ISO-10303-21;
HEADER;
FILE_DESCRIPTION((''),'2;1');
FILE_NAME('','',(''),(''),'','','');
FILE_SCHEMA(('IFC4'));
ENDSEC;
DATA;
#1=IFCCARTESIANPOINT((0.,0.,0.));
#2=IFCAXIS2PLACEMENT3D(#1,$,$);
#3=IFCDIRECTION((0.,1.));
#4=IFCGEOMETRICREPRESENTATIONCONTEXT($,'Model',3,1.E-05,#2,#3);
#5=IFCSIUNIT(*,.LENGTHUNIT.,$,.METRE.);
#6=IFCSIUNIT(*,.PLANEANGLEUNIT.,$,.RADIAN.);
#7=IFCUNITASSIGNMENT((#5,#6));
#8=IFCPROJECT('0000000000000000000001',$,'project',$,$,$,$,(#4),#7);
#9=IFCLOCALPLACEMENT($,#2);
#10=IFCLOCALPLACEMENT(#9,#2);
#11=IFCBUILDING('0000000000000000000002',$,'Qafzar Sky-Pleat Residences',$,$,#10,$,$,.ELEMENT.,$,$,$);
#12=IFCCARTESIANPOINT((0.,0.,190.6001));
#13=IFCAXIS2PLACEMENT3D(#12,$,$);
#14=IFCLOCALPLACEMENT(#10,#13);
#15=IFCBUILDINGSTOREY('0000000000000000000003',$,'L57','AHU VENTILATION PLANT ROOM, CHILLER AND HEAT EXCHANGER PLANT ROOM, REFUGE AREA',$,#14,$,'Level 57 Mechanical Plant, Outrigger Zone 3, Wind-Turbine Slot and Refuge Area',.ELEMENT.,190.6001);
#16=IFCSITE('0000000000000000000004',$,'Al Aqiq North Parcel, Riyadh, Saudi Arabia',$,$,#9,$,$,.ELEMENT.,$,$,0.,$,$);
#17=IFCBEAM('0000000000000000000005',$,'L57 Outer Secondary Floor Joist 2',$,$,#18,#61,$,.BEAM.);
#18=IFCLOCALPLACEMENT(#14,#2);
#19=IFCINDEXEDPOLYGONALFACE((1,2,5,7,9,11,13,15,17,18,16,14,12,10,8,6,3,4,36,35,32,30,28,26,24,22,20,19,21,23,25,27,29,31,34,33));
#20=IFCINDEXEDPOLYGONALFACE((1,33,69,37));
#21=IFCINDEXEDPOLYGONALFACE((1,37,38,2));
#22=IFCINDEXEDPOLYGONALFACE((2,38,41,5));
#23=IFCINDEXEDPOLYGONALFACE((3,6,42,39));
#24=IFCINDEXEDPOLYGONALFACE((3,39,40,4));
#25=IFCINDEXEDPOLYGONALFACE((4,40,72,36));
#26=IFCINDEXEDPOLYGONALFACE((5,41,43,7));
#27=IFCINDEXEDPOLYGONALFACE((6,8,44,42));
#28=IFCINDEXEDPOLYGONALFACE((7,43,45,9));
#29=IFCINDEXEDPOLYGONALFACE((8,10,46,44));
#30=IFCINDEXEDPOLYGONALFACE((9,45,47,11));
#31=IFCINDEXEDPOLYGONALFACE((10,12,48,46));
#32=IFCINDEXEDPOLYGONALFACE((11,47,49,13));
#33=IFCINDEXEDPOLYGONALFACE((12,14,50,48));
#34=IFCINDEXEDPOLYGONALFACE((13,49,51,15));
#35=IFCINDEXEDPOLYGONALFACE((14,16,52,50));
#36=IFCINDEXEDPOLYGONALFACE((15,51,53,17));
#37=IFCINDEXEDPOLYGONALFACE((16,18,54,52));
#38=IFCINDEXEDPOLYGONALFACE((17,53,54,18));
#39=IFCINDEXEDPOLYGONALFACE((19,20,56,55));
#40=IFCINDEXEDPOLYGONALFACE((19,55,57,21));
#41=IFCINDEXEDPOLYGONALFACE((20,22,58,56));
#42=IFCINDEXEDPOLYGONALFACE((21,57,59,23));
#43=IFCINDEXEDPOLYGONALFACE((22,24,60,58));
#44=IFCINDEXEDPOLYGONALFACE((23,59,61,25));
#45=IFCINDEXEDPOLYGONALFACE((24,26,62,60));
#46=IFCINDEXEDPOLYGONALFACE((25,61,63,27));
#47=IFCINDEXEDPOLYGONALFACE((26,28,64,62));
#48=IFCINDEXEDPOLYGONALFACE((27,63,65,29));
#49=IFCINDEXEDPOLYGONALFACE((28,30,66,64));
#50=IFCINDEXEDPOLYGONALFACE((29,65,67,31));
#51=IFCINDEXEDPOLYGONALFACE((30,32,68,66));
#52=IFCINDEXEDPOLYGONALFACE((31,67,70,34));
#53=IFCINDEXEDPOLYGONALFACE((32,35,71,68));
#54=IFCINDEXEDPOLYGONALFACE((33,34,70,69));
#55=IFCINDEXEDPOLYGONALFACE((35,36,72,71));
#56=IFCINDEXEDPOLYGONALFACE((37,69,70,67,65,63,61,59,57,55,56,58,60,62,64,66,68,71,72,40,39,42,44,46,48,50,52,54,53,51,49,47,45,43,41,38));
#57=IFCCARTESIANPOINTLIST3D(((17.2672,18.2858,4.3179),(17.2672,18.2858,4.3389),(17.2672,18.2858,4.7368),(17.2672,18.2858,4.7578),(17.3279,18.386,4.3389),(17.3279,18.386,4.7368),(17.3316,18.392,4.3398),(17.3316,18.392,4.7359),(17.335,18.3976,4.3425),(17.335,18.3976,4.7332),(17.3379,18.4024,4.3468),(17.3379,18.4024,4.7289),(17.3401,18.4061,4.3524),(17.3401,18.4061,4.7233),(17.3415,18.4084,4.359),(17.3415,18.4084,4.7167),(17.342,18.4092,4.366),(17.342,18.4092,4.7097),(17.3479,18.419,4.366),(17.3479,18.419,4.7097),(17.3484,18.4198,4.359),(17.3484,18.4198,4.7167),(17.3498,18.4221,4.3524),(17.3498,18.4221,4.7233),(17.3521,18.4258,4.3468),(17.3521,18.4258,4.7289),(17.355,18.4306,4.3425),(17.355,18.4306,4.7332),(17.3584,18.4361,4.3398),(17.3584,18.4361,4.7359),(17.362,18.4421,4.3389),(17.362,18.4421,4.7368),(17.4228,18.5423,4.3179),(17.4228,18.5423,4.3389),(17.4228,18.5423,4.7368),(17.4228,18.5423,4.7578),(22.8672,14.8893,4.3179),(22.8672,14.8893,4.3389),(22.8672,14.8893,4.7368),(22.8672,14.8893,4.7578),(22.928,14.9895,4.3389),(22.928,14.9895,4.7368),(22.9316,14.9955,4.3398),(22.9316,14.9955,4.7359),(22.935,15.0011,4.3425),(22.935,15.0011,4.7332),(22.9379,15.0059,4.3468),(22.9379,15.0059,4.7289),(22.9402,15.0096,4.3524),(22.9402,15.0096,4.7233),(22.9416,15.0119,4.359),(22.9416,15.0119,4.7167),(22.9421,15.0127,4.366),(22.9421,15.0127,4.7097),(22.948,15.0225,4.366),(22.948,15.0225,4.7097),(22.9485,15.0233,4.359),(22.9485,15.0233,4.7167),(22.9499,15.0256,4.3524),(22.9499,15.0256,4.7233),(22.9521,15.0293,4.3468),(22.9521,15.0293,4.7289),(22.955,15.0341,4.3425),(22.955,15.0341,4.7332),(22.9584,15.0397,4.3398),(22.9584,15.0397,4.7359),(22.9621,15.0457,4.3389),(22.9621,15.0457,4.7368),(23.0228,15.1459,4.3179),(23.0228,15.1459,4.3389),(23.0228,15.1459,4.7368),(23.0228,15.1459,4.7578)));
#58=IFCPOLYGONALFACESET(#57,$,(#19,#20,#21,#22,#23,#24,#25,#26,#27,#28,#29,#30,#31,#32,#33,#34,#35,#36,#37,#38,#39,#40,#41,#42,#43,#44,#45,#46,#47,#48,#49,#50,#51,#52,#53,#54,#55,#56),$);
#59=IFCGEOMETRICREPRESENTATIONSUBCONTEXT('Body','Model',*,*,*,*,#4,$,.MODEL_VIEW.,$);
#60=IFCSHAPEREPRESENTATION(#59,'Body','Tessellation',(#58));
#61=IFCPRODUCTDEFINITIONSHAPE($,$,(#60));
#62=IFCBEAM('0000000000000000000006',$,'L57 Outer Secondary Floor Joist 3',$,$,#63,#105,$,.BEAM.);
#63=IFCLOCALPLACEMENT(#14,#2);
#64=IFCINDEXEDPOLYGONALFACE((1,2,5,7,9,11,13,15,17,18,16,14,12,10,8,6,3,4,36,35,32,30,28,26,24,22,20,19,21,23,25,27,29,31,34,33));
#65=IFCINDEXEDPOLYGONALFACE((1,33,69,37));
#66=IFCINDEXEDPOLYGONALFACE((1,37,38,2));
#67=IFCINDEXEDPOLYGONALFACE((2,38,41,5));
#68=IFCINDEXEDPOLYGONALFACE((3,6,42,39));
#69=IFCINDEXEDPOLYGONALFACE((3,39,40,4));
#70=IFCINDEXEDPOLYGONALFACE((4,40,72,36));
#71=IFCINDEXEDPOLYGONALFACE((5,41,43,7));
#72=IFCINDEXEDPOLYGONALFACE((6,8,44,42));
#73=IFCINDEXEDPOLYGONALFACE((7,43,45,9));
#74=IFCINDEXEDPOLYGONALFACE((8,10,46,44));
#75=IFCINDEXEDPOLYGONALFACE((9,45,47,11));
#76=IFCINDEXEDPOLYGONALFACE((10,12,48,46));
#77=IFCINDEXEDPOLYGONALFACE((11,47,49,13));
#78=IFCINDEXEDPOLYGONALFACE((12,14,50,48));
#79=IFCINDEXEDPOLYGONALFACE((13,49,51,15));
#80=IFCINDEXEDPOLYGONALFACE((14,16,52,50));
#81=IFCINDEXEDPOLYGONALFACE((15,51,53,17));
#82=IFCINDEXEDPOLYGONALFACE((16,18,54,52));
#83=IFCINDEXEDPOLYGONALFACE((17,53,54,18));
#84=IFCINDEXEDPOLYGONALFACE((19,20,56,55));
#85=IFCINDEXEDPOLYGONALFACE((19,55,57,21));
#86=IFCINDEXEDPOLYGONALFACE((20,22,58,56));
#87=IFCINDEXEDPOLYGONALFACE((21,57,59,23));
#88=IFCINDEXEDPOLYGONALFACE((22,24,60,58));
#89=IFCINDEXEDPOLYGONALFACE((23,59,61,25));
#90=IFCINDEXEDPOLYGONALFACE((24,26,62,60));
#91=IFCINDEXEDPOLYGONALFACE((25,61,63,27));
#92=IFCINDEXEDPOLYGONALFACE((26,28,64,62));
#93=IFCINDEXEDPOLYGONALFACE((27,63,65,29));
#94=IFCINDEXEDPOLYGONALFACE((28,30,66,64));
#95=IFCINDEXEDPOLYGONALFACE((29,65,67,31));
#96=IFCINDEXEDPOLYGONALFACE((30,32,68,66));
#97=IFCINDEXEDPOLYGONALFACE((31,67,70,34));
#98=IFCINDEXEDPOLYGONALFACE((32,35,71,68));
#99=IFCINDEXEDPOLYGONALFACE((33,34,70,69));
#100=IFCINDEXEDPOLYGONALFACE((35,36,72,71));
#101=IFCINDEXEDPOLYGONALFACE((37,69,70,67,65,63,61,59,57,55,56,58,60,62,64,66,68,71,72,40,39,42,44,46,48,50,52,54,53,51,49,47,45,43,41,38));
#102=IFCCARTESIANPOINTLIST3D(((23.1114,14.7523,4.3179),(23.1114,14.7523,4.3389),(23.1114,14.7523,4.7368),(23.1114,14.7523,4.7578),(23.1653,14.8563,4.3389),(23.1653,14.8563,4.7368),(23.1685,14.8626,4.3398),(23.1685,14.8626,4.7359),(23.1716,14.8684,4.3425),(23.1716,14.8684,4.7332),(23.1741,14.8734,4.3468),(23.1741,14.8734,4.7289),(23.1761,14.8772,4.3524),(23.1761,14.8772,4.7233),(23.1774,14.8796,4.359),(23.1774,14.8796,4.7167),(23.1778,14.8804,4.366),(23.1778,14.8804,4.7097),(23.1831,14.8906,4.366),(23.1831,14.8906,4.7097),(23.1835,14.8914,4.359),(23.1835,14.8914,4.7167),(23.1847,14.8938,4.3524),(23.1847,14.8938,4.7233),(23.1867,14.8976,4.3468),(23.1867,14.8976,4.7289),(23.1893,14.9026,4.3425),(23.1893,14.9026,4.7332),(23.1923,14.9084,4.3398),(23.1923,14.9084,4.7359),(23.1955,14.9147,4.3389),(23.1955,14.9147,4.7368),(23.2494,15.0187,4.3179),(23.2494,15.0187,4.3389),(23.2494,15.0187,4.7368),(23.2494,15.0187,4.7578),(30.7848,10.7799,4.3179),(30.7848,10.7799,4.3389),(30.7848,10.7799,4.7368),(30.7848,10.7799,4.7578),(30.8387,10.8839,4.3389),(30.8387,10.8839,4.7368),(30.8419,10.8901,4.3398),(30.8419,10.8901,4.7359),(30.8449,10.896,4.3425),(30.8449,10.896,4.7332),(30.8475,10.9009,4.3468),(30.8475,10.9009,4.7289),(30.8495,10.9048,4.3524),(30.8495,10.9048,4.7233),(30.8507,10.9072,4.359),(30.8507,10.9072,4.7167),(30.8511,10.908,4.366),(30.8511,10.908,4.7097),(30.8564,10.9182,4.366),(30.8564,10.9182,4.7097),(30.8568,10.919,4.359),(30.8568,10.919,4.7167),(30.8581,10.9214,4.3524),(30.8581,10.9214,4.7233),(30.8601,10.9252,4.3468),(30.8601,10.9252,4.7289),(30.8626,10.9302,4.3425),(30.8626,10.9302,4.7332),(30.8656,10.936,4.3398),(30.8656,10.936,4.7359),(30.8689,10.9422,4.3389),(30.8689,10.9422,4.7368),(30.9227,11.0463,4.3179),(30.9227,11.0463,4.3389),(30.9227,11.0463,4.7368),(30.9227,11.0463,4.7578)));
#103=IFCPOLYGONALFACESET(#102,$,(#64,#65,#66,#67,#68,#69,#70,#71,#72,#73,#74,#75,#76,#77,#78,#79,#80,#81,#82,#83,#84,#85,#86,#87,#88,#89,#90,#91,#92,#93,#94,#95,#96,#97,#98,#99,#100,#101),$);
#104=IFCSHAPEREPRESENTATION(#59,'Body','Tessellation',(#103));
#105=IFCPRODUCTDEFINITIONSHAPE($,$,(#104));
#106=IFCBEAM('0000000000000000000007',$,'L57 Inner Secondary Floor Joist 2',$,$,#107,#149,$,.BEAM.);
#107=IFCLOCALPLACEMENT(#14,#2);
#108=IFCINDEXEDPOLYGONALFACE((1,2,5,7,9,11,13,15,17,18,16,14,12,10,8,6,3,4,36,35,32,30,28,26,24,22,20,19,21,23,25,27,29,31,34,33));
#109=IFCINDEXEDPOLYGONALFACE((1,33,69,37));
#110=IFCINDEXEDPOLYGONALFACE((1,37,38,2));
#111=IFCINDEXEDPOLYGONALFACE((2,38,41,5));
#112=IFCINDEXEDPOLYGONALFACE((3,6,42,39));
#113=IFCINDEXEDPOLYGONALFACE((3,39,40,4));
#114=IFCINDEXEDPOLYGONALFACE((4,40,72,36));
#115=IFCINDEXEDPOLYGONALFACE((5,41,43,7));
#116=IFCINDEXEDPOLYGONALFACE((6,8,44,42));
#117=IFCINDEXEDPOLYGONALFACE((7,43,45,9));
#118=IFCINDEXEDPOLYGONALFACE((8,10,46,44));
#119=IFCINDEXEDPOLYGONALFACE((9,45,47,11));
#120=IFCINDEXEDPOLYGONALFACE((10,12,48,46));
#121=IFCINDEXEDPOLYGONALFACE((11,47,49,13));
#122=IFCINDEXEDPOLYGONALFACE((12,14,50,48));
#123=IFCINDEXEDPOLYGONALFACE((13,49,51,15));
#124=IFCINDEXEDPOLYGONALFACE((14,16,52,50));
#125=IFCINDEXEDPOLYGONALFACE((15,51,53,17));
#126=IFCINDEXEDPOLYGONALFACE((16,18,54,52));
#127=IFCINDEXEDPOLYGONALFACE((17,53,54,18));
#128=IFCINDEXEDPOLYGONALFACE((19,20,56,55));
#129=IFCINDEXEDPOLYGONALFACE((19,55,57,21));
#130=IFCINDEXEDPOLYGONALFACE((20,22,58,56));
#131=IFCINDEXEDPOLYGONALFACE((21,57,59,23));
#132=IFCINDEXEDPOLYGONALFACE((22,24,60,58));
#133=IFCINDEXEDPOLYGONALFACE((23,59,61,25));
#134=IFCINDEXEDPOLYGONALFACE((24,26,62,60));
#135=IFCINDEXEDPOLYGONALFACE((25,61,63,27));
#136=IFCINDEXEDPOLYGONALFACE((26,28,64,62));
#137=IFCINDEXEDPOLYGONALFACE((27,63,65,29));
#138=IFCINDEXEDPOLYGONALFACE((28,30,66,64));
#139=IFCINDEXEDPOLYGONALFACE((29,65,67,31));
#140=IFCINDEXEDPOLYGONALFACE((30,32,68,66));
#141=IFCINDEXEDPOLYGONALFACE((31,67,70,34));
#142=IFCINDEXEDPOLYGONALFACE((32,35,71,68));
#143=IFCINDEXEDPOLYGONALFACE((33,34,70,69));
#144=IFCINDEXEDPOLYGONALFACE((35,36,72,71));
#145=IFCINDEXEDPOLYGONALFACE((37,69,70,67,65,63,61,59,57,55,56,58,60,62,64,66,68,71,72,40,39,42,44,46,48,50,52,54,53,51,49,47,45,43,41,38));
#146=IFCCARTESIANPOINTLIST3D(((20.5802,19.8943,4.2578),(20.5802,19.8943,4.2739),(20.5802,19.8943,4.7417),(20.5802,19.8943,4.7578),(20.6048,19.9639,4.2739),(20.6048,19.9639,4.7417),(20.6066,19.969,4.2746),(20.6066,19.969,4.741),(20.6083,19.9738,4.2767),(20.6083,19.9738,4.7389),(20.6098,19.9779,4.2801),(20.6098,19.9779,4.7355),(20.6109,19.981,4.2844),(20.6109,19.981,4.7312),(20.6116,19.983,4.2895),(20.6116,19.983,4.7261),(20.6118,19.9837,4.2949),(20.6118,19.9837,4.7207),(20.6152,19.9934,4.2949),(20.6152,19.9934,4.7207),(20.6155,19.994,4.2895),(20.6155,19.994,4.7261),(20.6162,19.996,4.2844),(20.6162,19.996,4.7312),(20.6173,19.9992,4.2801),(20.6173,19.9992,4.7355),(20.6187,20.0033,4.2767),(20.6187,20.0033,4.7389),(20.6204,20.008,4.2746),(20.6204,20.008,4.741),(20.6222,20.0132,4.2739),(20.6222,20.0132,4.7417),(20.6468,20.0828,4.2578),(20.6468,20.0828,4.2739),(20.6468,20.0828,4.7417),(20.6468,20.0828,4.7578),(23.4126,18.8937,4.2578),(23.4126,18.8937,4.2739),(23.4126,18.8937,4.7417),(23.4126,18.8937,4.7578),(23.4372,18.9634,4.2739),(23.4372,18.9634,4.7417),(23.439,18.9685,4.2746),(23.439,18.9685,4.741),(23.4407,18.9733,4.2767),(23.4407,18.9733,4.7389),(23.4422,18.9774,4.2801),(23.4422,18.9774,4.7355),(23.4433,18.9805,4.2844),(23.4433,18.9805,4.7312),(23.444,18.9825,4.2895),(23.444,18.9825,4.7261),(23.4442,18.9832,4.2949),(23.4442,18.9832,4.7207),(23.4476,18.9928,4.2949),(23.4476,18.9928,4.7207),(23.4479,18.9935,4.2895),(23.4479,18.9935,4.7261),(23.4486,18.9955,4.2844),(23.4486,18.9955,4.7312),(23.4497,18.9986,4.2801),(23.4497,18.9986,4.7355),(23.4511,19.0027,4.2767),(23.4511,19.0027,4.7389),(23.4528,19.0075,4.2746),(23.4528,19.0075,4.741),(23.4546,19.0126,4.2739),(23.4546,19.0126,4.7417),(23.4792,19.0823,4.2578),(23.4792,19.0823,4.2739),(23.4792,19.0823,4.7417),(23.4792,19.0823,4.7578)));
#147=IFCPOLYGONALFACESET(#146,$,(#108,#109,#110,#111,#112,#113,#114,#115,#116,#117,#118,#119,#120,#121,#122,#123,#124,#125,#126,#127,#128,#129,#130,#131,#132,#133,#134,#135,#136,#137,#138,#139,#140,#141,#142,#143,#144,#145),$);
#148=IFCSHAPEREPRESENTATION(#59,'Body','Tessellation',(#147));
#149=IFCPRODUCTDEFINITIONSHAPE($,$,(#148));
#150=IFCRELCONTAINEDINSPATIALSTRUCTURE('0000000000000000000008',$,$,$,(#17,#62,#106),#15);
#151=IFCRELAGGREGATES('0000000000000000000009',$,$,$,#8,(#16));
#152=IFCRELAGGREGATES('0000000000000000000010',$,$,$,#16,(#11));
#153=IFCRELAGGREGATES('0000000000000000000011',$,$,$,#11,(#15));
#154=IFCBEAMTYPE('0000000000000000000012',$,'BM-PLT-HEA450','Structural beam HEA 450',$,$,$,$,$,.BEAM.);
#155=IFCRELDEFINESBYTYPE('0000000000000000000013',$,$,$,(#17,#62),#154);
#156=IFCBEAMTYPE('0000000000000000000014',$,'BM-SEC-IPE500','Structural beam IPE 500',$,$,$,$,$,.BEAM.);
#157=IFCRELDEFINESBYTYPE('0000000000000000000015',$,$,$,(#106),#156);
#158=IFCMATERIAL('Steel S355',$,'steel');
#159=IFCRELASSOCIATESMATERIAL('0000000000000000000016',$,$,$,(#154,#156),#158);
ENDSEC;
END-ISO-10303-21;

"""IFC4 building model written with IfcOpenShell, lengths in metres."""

from ifc_helpers import new_model, si_unit, direction, frame, origin, origin_2d, place, context, subcontext, project, spatial, i_section, extrude, source, transform, mapped, material, material_profile, profile_set, type_object, element, save


model = new_model("IFC4")

# Units and contexts
model_context = context("Model", 3, precision=1e-05, world=origin(), true_north=direction((0.0, 1.0)))
body_context = subcontext(model_context, "Body", "Model", "MODEL_VIEW")
ifc_project = project(units=[si_unit("LENGTHUNIT", "METRE"), si_unit("PLANEANGLEUNIT", "RADIAN")], contexts=[model_context])

# Site, building, storey
site_placement = place(None, origin())
site = spatial("IfcSite", under=ifc_project, at=site_placement, Name="Al Aqiq North Parcel, Riyadh, Saudi Arabia", CompositionType="ELEMENT", RefElevation=0.0)
building_placement = place(site_placement, origin())
building = spatial("IfcBuilding", under=site, at=building_placement, Name="Qafzar Sky-Pleat Residences", CompositionType="ELEMENT")
storey_placement = place(building_placement, frame((0.0, 0.0, 190.6001)))
storey = spatial("IfcBuildingStorey", under=building, at=storey_placement, Name="L57", Description="AHU VENTILATION PLANT ROOM, CHILLER AND HEAT EXCHANGER PLANT ROOM, REFUGE AREA", LongName="Level 57 Mechanical Plant, Outrigger Zone 3, Wind-Turbine Slot and Refuge Area", CompositionType="ELEMENT", Elevation=190.6001)

# Beams
ifc_material_1 = material(Name="Steel S355", Category="steel")
ifc_material_profile_1 = material_profile(ifc_material_1, i_section(OverallWidth=0.3, OverallDepth=0.4399, WebThickness=0.0115, FlangeThickness=0.021, FilletRadius=0.0271, at=origin_2d()), Name="HEA 450")
ifc_profile_set_1 = profile_set([ifc_material_profile_1], Name="Steel S355")
beam_type_1 = type_object("IfcBeamType", Name="BM-PLT-HEA450", Description="Structural beam HEA 450", PredefinedType="BEAM", material=ifc_profile_set_1)
shared_shape_1 = source(origin(), body_context, "Body", "SweptSolid", [
    extrude(i_section(OverallWidth=0.3, OverallDepth=0.4399, WebThickness=0.0115, FlangeThickness=0.021, FilletRadius=0.0271, at=origin_2d()), origin(), (0.0, 0.0, 1.0), 6.5496),
])
beam_1_placement = place(storey_placement, frame((17.345, 18.4141, 4.5378), z_axis=(0.85503, -0.518579, 0.0), x_axis=(0.518579, 0.85503, 0.0)))
element("IfcBeam", 1, at=beam_1_placement, inside=storey, type_object=beam_type_1, Name="L57 Outer Secondary Floor Joist 2", PredefinedType="BEAM", context=body_context, shape_type="MappedRepresentation", body=[
    mapped(shared_shape_1, transform((0.0, 0.0, 0.0), x_axis=(1.0, 0.0, 0.0), y_axis=(0.0, 1.0, 0.0), z_axis=(0.0, 0.0, 1.0), scale=1.0)),
])
shared_shape_2 = source(origin(), body_context, "Body", "SweptSolid", [
    extrude(i_section(OverallWidth=0.3, OverallDepth=0.4399, WebThickness=0.0115, FlangeThickness=0.021, FilletRadius=0.0271, at=origin_2d()), origin(), (0.0, 0.0, 1.0), 8.6406),
])
beam_2_placement = place(storey_placement, frame((23.1804, 14.8855, 4.5378), z_axis=(0.888055, -0.459737, 0.0), x_axis=(0.459737, 0.888055, 0.0)))
element("IfcBeam", 2, at=beam_2_placement, inside=storey, type_object=beam_type_1, Name="L57 Outer Secondary Floor Joist 3", PredefinedType="BEAM", context=body_context, shape_type="MappedRepresentation", body=[
    mapped(shared_shape_2, transform((0.0, 0.0, 0.0), x_axis=(1.0, 0.0, 0.0), y_axis=(0.0, 1.0, 0.0), z_axis=(0.0, 0.0, 1.0), scale=1.0)),
])
ifc_material_profile_2 = material_profile(ifc_material_1, i_section(OverallWidth=0.2, OverallDepth=0.5, WebThickness=0.0103, FlangeThickness=0.0161, FilletRadius=0.021, at=origin_2d()), Name="IPE 500")
ifc_profile_set_2 = profile_set([ifc_material_profile_2], Name="Steel S355")
beam_type_2 = type_object("IfcBeamType", Name="BM-SEC-IPE500", Description="Structural beam IPE 500", PredefinedType="BEAM", material=ifc_profile_set_2)
shared_shape_3 = source(origin(), body_context, "Body", "SweptSolid", [
    extrude(i_section(OverallWidth=0.2, OverallDepth=0.5, WebThickness=0.0103, FlangeThickness=0.0161, FilletRadius=0.021, at=origin_2d()), origin(), (0.0, 0.0, 1.0), 3.0039),
])
beam_3_placement = place(storey_placement, frame((20.6135, 19.9885, 4.5078), z_axis=(0.9429, -0.333075, 0.0), x_axis=(0.333075, 0.9429, 0.0)))
element("IfcBeam", 3, at=beam_3_placement, inside=storey, type_object=beam_type_2, Name="L57 Inner Secondary Floor Joist 2", PredefinedType="BEAM", context=body_context, shape_type="MappedRepresentation", body=[
    mapped(shared_shape_3, transform((0.0, 0.0, 0.0), x_axis=(1.0, 0.0, 0.0), y_axis=(0.0, 1.0, 0.0), z_axis=(0.0, 0.0, 1.0), scale=1.0)),
])

save(model, "model.ifc")
